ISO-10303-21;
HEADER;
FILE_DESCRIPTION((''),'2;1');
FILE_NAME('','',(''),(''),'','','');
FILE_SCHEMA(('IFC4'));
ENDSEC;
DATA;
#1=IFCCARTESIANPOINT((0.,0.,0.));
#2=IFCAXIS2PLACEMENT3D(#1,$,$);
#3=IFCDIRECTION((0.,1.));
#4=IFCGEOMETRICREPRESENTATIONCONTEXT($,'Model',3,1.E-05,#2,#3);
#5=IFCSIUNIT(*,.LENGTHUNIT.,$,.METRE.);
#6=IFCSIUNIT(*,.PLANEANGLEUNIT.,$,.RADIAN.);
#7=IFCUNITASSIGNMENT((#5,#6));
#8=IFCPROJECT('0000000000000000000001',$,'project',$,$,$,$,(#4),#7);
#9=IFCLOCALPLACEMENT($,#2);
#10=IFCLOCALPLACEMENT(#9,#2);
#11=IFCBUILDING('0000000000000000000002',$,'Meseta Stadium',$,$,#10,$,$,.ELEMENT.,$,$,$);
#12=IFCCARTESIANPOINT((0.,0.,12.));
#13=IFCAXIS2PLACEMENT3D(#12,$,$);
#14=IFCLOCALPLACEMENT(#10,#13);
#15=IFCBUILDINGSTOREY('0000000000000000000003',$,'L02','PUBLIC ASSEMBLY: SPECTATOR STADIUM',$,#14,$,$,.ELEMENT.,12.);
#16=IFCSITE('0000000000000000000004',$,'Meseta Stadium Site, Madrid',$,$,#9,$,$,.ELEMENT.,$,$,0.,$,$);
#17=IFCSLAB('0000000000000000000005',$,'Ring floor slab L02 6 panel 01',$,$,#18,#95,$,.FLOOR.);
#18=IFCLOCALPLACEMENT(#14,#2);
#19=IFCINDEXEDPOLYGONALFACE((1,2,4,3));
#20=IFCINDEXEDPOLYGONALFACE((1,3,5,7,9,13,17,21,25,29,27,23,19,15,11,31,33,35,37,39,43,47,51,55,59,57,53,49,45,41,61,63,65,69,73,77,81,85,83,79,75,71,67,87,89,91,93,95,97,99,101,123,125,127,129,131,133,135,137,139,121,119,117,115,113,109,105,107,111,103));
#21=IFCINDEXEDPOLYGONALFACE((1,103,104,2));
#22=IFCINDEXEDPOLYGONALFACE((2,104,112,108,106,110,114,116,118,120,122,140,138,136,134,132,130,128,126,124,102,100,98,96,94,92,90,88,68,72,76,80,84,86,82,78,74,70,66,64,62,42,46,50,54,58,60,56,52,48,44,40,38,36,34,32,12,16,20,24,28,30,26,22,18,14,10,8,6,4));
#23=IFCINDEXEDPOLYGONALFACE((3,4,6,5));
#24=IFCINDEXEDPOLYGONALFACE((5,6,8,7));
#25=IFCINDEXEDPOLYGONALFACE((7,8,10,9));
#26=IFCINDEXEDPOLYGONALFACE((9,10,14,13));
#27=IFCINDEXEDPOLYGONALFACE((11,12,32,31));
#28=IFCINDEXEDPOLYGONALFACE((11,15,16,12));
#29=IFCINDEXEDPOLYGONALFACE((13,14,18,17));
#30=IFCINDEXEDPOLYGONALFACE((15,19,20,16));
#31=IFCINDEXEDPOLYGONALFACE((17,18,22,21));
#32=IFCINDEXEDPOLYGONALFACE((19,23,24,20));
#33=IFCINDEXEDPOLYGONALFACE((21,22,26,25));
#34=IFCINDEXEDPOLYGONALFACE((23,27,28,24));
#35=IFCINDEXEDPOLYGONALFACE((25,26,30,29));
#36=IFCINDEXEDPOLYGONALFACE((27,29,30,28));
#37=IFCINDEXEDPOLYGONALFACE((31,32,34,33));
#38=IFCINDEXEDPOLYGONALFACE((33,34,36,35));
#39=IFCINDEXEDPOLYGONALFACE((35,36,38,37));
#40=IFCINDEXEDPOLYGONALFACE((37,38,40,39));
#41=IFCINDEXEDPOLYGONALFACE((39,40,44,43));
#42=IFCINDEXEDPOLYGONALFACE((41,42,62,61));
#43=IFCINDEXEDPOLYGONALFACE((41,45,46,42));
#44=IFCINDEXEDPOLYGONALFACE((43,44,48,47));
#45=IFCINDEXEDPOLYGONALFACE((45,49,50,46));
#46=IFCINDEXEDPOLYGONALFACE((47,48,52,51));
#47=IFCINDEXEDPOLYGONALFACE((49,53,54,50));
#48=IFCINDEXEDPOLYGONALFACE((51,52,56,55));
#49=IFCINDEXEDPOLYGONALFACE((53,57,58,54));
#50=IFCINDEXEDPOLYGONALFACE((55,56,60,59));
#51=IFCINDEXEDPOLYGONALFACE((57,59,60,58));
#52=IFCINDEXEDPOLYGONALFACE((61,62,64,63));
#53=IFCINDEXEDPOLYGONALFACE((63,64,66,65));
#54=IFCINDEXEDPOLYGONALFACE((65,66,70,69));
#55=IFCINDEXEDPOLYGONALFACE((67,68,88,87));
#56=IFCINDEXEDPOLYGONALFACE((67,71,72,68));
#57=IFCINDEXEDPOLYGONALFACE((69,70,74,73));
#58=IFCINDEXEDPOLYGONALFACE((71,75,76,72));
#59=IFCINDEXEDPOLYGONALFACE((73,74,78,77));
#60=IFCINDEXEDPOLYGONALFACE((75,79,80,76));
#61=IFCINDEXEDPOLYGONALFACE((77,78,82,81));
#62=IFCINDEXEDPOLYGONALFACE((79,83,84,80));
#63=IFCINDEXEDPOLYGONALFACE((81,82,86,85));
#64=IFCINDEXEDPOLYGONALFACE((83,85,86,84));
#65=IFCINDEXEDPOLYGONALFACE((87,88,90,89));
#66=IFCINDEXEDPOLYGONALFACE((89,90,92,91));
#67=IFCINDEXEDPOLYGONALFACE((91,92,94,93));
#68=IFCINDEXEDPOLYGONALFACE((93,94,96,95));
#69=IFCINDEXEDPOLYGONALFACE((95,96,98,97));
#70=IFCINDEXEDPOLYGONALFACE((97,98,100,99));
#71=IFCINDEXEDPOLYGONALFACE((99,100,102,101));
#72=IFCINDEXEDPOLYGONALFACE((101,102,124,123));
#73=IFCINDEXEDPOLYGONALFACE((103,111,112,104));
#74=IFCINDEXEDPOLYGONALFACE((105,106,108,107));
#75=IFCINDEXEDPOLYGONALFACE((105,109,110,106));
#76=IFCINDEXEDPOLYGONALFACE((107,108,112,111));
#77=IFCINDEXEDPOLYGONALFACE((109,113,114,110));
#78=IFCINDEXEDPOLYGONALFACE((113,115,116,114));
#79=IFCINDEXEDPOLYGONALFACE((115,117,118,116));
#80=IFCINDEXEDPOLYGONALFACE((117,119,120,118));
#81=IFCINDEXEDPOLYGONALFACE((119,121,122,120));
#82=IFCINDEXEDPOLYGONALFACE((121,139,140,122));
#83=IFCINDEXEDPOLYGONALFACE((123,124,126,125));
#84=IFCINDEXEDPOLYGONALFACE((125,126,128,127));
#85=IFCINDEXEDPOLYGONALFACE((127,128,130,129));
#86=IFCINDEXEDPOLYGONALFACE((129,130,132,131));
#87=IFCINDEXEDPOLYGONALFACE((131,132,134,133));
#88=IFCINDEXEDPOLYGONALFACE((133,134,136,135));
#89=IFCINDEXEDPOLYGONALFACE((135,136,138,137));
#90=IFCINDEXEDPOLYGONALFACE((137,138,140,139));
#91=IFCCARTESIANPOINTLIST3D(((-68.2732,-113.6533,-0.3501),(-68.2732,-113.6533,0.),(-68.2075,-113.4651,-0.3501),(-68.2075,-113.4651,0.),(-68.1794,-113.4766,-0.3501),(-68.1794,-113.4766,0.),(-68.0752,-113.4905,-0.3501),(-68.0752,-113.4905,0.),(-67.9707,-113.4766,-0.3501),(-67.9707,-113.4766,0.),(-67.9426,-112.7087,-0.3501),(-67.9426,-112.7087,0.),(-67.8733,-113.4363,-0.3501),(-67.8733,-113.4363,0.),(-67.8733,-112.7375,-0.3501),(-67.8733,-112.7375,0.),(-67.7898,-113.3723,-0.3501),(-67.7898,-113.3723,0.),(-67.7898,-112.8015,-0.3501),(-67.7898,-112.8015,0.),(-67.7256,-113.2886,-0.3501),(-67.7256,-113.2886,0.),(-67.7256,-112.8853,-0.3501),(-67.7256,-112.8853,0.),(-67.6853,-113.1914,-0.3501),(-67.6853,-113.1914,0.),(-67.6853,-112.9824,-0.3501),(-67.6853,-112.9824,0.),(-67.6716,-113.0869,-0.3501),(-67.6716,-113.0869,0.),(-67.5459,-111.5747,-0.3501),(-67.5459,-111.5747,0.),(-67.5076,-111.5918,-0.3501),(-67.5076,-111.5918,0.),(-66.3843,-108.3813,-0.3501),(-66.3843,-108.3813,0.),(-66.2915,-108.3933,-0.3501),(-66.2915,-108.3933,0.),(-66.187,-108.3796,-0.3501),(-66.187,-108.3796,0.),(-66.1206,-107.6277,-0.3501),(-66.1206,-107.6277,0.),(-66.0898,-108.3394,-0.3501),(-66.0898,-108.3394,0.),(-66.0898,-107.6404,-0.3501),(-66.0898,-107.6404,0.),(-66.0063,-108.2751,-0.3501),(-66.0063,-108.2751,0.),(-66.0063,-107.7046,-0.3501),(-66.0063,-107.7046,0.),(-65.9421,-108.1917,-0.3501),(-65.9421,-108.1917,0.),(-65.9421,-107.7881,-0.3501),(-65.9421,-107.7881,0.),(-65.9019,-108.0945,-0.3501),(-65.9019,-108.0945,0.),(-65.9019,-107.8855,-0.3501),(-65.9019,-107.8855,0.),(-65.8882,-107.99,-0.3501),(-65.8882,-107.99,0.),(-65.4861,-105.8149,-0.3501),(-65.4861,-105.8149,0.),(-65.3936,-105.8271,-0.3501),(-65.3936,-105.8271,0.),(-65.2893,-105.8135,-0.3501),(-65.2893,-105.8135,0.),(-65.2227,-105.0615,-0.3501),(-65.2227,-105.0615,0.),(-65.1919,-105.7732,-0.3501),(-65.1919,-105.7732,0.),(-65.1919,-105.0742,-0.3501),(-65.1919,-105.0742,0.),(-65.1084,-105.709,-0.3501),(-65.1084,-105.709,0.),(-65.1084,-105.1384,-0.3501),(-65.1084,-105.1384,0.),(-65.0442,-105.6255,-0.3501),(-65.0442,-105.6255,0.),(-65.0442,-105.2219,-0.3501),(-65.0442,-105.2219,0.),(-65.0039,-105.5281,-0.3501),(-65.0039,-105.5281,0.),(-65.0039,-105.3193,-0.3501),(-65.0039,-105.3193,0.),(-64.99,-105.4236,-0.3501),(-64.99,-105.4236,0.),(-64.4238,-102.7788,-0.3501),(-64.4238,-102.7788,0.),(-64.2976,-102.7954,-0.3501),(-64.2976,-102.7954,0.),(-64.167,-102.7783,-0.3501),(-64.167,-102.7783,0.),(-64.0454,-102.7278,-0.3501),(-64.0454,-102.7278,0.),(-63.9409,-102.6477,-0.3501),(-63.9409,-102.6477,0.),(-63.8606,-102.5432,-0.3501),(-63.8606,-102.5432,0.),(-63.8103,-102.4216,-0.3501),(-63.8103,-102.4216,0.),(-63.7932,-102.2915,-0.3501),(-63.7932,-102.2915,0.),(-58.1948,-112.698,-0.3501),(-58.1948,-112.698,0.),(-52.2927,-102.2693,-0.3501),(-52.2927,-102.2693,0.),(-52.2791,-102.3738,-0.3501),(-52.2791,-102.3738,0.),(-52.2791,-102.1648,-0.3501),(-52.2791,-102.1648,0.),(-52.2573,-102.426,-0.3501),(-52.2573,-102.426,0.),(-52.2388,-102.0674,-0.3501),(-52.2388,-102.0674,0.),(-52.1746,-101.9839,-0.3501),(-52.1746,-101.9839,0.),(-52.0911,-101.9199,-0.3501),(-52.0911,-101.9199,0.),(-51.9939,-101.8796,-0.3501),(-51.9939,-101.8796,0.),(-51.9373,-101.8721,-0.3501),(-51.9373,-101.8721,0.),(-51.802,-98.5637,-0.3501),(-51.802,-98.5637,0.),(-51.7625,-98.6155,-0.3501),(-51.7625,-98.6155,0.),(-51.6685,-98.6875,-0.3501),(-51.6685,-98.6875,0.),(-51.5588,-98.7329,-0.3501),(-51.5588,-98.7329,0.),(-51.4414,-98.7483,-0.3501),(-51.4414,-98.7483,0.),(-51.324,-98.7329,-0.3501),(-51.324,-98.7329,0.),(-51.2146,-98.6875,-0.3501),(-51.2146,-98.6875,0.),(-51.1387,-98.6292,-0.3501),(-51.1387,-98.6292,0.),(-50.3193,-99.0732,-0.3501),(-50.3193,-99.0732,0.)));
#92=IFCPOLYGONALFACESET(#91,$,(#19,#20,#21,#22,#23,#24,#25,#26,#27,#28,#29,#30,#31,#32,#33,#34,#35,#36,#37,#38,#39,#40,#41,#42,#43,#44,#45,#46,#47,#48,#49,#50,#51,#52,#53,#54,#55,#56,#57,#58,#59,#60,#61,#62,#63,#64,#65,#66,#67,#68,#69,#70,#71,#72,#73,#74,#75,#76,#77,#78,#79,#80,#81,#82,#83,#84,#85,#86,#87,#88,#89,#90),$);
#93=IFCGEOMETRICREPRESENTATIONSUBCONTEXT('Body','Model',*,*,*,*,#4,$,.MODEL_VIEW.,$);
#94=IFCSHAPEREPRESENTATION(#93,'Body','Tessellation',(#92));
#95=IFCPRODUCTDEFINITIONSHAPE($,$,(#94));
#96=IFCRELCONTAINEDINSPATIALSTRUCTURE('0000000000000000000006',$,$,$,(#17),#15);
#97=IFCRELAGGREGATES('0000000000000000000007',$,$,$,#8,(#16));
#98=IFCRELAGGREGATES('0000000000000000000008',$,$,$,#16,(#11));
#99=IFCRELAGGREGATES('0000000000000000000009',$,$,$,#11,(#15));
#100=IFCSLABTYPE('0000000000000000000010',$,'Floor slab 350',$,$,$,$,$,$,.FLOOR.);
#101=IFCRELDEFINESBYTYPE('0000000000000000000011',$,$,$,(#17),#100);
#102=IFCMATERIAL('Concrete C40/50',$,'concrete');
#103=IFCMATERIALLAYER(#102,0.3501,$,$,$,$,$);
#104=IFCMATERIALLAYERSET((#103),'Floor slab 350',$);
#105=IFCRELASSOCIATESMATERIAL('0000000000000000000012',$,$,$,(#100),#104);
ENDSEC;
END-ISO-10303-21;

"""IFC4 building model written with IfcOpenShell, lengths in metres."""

from ifc_helpers import new_model, si_unit, direction, frame, origin, place, context, subcontext, project, spatial, polyline, outline, extrude, material, layer, layer_set, type_object, element, save


model = new_model("IFC4")

# Units and contexts
model_context = context("Model", 3, precision=1e-05, world=origin(), true_north=direction((0.0, 1.0)))
body_context = subcontext(model_context, "Body", "Model", "MODEL_VIEW")
ifc_project = project(units=[si_unit("LENGTHUNIT", "METRE"), si_unit("PLANEANGLEUNIT", "RADIAN")], contexts=[model_context])

# Site, building, storey
site_placement = place(None, origin())
site = spatial("IfcSite", under=ifc_project, at=site_placement, Name="Meseta Stadium Site, Madrid", CompositionType="ELEMENT", RefElevation=0.0)
building_placement = place(site_placement, origin())
building = spatial("IfcBuilding", under=site, at=building_placement, Name="Meseta Stadium", CompositionType="ELEMENT")
storey_placement = place(building_placement, frame((0.0, 0.0, 12.0)))
storey = spatial("IfcBuildingStorey", under=building, at=storey_placement, Name="L02", Description="PUBLIC ASSEMBLY: SPECTATOR STADIUM", CompositionType="ELEMENT", Elevation=12.0)

# Slab
ifc_material_1 = material(Name="Concrete C40/50", Category="concrete")
ifc_layer_1 = layer(ifc_material_1, 0.3501)
ifc_layer_set_1 = layer_set([ifc_layer_1], Name="Floor slab 350")
slab_type_1 = type_object("IfcSlabType", Name="Floor slab 350", PredefinedType="FLOOR", material=ifc_layer_set_1)
slab_1_placement = place(storey_placement, frame((0.0, 0.0, -0.3501)))
element("IfcSlab", 1, at=slab_1_placement, inside=storey, type_object=slab_type_1, Name="Ring floor slab L02 6 panel 01", PredefinedType="FLOOR", context=body_context, shape_type="SweptSolid", body=[
    extrude(outline(polyline([(-64.2976, -102.7954), (-64.4238, -102.7788), (-65.2227, -105.0615), (-65.1919, -105.0742), (-65.1084, -105.1384), (-65.0442, -105.2219), (-65.0039, -105.3193), (-64.99, -105.4236), (-65.0039, -105.5281), (-65.0442, -105.6255), (-65.1084, -105.709), (-65.1919, -105.7732), (-65.2893, -105.8135), (-65.3936, -105.8271), (-65.4861, -105.8149), (-66.1206, -107.6277), (-66.0898, -107.6404), (-66.0063, -107.7046), (-65.9421, -107.7881), (-65.9019, -107.8855), (-65.8882, -107.99), (-65.9019, -108.0945), (-65.9421, -108.1917), (-66.0063, -108.2751), (-66.0898, -108.3394), (-66.187, -108.3796), (-66.2915, -108.3933), (-66.3843, -108.3813), (-67.5076, -111.5918), (-67.5459, -111.5747), (-67.9426, -112.7087), (-67.8733, -112.7375), (-67.7898, -112.8015), (-67.7256, -112.8853), (-67.6853, -112.9824), (-67.6716, -113.0869), (-67.6853, -113.1914), (-67.7256, -113.2886), (-67.7898, -113.3723), (-67.8733, -113.4363), (-67.9707, -113.4766), (-68.0752, -113.4905), (-68.1794, -113.4766), (-68.2075, -113.4651), (-68.2732, -113.6533), (-58.1948, -112.698), (-52.2573, -102.426), (-52.2791, -102.3738), (-52.2927, -102.2693), (-52.2791, -102.1648), (-52.2388, -102.0674), (-52.1746, -101.9839), (-52.0911, -101.9199), (-51.9939, -101.8796), (-51.9373, -101.8721), (-50.3193, -99.0732), (-51.1387, -98.6292), (-51.2146, -98.6875), (-51.324, -98.7329), (-51.4414, -98.7483), (-51.5588, -98.7329), (-51.6685, -98.6875), (-51.7625, -98.6155), (-51.802, -98.5637), (-63.7932, -102.2915), (-63.8103, -102.4216), (-63.8606, -102.5432), (-63.9409, -102.6477), (-64.0454, -102.7278), (-64.167, -102.7783), (-64.2976, -102.7954)])), origin(), (0.0, 0.0, 1.0), 0.3501),
])

save(model, "model.ifc")
